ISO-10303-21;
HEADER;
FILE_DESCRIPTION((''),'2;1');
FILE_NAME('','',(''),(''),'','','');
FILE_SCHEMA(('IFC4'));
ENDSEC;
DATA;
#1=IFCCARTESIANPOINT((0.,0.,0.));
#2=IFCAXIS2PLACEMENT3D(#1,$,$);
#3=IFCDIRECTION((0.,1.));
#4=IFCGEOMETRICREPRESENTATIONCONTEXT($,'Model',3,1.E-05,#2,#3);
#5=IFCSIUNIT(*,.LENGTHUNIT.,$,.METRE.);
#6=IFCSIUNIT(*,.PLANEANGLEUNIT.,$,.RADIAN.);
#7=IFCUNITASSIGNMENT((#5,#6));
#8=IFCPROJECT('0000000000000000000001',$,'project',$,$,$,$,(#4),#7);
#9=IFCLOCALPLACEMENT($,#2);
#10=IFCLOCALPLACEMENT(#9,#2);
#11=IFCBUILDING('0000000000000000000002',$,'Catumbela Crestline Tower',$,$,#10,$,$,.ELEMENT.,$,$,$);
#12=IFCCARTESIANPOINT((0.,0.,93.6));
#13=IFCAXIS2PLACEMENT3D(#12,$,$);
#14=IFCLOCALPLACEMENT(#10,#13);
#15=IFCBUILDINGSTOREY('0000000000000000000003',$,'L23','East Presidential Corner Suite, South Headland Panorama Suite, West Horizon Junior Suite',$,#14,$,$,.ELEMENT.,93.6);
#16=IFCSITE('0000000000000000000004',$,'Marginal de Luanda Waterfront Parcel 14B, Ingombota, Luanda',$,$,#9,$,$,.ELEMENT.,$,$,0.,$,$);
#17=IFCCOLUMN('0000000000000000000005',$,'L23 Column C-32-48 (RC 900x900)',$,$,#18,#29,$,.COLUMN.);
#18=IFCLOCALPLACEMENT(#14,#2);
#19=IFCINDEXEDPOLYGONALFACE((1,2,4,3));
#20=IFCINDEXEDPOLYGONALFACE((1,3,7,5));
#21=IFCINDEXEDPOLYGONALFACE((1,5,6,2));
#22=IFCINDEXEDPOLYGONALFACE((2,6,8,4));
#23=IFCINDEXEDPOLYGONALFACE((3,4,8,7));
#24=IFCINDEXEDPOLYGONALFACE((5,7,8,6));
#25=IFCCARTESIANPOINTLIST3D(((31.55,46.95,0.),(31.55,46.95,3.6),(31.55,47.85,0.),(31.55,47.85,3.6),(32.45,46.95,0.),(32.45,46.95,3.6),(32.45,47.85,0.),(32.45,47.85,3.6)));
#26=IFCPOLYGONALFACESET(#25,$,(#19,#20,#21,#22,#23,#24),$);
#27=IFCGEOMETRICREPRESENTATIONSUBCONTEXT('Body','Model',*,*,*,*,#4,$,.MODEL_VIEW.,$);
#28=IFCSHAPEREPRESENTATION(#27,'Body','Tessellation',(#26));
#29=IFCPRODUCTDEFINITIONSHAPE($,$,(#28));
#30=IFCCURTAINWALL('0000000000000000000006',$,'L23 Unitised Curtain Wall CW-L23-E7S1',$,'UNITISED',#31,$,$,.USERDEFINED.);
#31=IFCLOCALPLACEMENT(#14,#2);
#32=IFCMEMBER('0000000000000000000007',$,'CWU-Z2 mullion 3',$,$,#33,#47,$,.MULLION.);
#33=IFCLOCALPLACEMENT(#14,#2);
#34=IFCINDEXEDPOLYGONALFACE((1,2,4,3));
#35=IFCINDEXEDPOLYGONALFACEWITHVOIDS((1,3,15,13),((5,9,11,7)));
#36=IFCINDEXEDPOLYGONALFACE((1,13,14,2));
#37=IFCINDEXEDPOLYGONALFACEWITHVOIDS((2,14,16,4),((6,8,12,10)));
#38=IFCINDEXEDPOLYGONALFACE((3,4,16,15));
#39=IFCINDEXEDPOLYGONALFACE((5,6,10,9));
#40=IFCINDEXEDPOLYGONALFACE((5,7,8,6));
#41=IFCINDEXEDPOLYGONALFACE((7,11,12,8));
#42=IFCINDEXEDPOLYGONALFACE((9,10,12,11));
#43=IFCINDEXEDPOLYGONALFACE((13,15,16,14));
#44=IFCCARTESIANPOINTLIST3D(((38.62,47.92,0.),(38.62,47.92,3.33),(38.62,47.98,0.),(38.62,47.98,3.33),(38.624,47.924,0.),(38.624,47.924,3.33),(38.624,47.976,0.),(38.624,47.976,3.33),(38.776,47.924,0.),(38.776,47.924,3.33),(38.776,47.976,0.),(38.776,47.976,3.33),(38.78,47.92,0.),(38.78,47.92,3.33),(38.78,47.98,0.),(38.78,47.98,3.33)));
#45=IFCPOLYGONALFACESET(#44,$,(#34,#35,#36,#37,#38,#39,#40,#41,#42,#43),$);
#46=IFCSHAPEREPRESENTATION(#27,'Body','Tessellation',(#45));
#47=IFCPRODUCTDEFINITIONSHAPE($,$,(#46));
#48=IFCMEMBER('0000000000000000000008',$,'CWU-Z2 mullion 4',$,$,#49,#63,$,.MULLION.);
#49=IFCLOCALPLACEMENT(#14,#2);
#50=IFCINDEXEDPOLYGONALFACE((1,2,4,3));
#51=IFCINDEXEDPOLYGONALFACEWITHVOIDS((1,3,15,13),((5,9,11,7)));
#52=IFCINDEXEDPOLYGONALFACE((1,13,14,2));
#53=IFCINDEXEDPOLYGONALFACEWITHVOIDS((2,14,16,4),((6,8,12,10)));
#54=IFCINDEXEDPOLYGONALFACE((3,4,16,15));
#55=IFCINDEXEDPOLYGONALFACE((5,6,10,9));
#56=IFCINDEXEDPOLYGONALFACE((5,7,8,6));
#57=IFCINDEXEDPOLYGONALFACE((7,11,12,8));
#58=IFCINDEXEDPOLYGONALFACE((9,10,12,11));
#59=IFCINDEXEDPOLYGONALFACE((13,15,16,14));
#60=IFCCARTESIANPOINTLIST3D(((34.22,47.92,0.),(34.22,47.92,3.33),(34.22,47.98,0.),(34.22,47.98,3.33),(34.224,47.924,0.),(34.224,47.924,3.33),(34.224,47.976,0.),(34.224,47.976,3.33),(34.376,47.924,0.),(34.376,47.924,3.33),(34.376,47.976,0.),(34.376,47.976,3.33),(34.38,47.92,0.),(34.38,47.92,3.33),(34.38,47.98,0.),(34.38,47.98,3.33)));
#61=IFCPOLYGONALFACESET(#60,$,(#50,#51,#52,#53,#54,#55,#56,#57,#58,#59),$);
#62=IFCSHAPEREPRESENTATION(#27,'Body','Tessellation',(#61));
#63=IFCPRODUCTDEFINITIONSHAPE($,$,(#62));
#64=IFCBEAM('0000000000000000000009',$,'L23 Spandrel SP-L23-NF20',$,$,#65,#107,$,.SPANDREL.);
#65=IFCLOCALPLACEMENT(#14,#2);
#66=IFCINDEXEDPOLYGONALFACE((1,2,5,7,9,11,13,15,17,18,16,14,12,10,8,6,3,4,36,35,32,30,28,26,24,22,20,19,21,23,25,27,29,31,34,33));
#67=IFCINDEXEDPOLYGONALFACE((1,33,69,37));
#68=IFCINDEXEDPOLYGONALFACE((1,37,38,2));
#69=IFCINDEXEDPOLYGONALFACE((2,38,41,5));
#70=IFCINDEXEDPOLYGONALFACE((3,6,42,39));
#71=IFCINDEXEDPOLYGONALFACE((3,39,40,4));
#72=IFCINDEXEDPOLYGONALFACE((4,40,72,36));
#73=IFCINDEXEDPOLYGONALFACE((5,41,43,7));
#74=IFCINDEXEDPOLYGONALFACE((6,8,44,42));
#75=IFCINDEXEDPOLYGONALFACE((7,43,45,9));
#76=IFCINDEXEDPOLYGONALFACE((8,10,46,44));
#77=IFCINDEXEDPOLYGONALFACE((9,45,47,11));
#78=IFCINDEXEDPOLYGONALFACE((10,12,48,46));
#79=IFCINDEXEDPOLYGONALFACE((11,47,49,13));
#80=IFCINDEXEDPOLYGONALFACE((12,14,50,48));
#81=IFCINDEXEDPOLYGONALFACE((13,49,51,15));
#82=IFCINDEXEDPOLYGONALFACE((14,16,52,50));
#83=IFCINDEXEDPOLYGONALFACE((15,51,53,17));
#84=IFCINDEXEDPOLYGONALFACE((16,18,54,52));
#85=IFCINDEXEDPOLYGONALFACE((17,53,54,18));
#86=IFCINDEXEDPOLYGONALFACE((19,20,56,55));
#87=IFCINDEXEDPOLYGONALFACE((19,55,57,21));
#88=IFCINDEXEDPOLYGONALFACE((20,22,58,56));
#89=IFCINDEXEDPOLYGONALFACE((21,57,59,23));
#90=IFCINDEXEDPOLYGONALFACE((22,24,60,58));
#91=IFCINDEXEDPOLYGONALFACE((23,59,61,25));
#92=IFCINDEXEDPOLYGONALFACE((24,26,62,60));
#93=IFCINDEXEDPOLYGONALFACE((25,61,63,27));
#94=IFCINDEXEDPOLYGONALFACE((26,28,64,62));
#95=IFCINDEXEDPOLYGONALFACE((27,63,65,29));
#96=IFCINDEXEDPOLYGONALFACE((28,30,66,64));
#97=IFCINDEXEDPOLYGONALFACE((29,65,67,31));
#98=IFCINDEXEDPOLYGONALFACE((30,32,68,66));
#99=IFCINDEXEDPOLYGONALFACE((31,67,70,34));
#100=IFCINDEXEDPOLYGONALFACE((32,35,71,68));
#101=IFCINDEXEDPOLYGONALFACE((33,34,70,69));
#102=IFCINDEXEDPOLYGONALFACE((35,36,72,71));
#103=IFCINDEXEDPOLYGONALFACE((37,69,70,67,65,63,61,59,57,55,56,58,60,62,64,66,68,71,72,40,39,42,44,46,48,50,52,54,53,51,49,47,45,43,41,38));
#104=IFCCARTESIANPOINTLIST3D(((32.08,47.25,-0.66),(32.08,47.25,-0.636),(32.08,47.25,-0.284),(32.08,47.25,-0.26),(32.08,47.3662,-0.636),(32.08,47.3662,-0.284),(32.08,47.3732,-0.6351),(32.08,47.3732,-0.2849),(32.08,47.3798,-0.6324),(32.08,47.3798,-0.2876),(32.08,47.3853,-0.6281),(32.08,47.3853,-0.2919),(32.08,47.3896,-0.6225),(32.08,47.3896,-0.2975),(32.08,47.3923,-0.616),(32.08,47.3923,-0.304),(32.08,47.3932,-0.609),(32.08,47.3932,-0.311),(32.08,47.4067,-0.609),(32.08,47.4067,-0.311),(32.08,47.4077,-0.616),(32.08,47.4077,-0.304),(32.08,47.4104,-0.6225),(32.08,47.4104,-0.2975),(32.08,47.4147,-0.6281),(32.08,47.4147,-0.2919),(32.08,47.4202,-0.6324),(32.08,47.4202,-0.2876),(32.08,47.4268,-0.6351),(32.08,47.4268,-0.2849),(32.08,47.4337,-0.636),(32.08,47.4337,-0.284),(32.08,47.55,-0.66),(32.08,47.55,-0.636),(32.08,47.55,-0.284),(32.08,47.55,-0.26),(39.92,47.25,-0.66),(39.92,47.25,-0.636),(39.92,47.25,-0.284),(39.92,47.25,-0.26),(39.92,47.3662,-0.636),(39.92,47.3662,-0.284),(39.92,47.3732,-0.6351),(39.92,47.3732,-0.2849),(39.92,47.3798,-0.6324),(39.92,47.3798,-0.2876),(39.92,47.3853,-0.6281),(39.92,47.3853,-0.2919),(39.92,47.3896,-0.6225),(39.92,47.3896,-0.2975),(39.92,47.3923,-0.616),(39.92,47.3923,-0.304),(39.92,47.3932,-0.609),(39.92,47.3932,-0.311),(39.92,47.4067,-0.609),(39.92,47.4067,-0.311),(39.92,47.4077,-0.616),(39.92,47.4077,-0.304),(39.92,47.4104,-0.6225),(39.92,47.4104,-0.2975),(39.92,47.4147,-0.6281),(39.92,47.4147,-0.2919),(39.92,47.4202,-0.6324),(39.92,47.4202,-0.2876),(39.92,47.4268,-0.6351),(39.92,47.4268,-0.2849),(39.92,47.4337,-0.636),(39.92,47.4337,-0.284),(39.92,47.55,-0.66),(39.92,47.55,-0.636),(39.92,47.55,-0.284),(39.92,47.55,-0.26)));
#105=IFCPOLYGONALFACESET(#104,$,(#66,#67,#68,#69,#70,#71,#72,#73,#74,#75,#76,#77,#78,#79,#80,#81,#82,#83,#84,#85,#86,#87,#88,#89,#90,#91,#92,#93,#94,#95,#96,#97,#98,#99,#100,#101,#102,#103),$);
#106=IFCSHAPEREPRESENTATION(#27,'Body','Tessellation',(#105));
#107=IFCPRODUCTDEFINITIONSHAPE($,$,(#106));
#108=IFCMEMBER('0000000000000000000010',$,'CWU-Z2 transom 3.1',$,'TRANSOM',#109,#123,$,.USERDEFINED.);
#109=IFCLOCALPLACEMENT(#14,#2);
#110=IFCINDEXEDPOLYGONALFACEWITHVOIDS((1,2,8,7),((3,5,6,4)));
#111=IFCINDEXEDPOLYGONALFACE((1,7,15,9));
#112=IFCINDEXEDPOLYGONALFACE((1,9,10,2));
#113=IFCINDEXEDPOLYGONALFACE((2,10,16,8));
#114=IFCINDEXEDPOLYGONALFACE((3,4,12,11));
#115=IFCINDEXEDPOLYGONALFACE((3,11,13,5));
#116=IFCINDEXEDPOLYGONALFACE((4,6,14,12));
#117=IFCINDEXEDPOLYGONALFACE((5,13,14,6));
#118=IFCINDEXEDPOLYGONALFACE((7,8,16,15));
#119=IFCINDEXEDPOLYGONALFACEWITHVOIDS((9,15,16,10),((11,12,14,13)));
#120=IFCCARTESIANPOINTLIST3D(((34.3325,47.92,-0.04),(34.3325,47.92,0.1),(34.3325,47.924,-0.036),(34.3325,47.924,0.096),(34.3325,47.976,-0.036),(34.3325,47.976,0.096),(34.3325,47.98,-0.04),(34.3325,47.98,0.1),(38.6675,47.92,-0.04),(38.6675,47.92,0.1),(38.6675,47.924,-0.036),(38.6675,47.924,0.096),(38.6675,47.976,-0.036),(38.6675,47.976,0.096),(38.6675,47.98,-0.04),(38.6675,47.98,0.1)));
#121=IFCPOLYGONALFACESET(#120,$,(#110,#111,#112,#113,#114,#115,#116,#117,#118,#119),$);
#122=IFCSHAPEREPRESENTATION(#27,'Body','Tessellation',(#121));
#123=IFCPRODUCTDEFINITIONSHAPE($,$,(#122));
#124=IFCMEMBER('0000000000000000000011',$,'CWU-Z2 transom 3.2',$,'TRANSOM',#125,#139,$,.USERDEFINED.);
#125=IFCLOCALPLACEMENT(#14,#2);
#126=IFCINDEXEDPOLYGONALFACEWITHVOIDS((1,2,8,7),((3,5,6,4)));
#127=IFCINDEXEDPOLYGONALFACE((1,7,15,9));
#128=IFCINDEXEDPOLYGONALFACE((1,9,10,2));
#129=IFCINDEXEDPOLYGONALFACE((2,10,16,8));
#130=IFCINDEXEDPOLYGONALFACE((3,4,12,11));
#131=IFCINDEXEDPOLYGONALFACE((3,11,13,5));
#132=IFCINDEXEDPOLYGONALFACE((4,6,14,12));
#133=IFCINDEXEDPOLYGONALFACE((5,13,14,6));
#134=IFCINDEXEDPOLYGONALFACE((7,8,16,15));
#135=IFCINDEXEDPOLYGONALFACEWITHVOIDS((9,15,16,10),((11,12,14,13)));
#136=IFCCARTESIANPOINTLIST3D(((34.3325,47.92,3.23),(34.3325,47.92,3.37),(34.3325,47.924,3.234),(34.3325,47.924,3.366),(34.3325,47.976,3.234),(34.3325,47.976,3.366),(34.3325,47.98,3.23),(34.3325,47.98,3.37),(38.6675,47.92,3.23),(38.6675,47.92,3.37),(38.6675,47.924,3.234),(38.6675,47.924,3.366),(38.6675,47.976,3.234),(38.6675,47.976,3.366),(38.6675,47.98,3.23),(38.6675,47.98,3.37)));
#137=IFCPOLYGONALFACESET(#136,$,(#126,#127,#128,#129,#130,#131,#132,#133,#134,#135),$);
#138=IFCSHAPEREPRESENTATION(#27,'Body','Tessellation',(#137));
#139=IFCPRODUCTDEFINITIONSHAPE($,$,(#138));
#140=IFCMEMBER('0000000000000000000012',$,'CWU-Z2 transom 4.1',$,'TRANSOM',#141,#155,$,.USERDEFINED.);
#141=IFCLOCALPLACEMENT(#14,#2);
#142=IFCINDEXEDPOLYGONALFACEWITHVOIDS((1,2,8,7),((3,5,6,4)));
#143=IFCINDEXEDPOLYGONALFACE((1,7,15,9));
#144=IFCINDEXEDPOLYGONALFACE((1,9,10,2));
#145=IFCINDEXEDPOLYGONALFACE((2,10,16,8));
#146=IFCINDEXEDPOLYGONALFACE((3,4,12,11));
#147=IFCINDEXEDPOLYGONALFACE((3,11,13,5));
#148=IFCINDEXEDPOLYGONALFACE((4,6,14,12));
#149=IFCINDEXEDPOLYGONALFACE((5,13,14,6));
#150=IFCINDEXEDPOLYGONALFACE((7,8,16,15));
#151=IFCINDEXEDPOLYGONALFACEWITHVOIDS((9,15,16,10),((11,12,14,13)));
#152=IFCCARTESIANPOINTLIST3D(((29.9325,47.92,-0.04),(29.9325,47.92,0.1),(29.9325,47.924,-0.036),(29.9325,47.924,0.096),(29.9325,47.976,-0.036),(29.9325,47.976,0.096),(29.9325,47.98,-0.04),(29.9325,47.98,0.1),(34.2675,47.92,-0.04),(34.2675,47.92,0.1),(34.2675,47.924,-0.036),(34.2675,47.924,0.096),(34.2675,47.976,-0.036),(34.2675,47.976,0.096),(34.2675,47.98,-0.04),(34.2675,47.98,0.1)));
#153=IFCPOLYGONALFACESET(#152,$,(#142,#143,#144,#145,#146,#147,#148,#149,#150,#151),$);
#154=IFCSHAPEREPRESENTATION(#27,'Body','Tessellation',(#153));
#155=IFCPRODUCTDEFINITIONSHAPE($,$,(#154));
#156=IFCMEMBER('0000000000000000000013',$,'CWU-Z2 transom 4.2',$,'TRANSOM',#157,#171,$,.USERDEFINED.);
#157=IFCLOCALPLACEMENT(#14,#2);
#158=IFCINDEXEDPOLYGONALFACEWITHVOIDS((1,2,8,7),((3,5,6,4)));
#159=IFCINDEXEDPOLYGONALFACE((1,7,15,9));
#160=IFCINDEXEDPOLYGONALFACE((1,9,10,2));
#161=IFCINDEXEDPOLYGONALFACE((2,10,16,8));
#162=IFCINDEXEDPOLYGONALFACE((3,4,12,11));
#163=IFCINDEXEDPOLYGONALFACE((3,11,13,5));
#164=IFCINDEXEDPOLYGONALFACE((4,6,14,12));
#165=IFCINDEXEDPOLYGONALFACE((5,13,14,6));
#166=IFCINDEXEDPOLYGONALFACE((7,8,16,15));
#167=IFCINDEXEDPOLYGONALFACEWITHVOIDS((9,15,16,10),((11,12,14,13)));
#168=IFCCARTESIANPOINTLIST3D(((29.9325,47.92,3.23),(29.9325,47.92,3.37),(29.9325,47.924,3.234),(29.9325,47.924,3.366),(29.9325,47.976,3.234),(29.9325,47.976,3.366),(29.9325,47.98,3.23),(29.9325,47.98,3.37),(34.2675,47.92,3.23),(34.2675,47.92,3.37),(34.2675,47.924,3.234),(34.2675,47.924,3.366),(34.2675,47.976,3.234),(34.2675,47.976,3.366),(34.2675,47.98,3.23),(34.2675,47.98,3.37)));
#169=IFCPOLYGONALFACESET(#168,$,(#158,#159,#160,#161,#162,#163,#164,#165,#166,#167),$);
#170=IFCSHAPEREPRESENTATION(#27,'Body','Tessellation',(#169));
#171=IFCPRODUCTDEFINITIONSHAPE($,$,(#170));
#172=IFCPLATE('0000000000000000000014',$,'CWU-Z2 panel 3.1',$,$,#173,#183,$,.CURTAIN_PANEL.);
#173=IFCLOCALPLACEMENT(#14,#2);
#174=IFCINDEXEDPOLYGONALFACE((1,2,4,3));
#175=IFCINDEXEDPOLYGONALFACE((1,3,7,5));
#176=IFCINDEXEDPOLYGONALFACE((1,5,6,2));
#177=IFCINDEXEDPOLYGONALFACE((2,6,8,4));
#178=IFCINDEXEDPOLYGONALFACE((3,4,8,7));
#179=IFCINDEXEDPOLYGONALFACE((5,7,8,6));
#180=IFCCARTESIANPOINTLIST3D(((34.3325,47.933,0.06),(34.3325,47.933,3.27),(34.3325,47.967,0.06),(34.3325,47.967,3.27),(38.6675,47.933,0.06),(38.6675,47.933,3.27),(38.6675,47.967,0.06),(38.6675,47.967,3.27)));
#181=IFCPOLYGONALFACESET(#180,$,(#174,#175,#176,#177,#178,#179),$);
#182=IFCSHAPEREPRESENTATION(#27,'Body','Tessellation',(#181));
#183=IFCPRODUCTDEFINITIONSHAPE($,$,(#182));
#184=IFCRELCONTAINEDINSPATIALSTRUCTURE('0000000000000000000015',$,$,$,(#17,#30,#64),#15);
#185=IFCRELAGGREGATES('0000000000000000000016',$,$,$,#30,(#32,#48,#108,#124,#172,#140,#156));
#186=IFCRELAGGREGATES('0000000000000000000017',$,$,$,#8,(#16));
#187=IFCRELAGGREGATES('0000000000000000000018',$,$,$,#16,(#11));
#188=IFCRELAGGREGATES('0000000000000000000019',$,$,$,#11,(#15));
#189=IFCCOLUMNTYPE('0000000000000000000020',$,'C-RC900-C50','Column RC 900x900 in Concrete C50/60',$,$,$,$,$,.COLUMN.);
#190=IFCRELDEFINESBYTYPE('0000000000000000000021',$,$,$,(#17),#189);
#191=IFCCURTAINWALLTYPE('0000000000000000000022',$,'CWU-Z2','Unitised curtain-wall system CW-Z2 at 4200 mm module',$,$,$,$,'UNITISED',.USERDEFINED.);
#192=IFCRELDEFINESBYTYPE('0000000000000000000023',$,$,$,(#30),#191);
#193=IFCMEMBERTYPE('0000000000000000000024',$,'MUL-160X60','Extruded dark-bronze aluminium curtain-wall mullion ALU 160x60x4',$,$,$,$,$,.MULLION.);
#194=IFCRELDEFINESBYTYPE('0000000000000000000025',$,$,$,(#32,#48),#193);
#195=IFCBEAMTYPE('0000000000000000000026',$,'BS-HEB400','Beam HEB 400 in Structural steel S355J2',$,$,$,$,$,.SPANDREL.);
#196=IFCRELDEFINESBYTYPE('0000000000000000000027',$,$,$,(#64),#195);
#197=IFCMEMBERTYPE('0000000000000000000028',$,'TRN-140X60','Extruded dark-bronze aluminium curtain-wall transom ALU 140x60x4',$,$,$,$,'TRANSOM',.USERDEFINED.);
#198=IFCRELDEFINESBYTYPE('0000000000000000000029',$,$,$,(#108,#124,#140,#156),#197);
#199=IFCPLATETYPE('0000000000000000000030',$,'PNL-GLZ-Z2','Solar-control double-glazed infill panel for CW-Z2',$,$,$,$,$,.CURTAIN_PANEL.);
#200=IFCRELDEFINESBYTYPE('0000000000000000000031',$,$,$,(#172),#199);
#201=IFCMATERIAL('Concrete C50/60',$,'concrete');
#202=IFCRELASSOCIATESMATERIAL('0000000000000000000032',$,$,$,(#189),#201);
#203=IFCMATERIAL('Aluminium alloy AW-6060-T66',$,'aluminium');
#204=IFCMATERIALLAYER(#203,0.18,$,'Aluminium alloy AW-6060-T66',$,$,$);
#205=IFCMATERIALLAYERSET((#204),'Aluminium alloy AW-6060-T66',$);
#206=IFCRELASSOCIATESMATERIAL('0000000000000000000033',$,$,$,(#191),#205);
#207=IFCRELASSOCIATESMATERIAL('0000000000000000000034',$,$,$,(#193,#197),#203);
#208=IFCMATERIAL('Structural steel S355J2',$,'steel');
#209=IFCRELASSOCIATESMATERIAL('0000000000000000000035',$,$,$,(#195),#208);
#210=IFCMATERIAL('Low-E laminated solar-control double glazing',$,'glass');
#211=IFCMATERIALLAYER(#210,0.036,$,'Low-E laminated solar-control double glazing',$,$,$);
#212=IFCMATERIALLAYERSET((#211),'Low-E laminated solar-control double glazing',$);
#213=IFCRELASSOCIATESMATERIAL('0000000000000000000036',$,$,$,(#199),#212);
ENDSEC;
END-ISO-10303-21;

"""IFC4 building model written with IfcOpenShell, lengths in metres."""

from ifc_helpers import new_model, si_unit, direction, frame, origin, origin_2d, place, context, subcontext, project, spatial, rectangle, hollow_rectangle, i_section, extrude, material, layer, layer_set, material_profile, profile_set, type_object, element, aggregate, save


model = new_model("IFC4")

# Units and contexts
model_context = context("Model", 3, precision=1e-05, world=origin(), true_north=direction((0.0, 1.0)))
body_context = subcontext(model_context, "Body", "Model", "MODEL_VIEW")
ifc_project = project(units=[si_unit("LENGTHUNIT", "METRE"), si_unit("PLANEANGLEUNIT", "RADIAN")], contexts=[model_context])

# Site, building, storey
site_placement = place(None, origin())
site = spatial("IfcSite", under=ifc_project, at=site_placement, Name="Marginal de Luanda Waterfront Parcel 14B, Ingombota, Luanda", CompositionType="ELEMENT", RefElevation=0.0)
building_placement = place(site_placement, origin())
building = spatial("IfcBuilding", under=site, at=building_placement, Name="Catumbela Crestline Tower", CompositionType="ELEMENT")
storey_placement = place(building_placement, frame((0.0, 0.0, 93.6)))
storey = spatial("IfcBuildingStorey", under=building, at=storey_placement, Name="L23", Description="East Presidential Corner Suite, South Headland Panorama Suite, West Horizon Junior Suite", CompositionType="ELEMENT", Elevation=93.6)

# Column
ifc_material_1 = material(Name="Concrete C50/60", Category="concrete")
ifc_material_profile_1 = material_profile(ifc_material_1, rectangle(XDim=0.9, YDim=0.9, at=origin_2d()), Name="RC 900x900")
ifc_profile_set_1 = profile_set([ifc_material_profile_1], Name="Concrete C50/60")
column_type = type_object("IfcColumnType", Name="C-RC900-C50", Description="Column RC 900x900 in Concrete C50/60", PredefinedType="COLUMN", material=ifc_profile_set_1)
column_placement = place(storey_placement, frame((32.0, 47.4, 0.0), z_axis=(0.0, 0.0, 1.0), x_axis=(1.0, 0.0, 0.0)))
element("IfcColumn", 1, at=column_placement, inside=storey, type_object=column_type, Name="L23 Column C-32-48 (RC 900x900)", PredefinedType="COLUMN", context=body_context, shape_type="SweptSolid", body=[
    extrude(rectangle(XDim=0.9, YDim=0.9, at=origin_2d()), origin(), (0.0, 0.0, 1.0), 3.6),
])

# Curtain wall, members
ifc_material_2 = material(Name="Aluminium alloy AW-6060-T66", Category="aluminium")
ifc_layer_1 = layer(ifc_material_2, 0.18, Name="Aluminium alloy AW-6060-T66")
ifc_layer_set_1 = layer_set([ifc_layer_1], Name="Aluminium alloy AW-6060-T66")
curtain_wall_type = type_object("IfcCurtainWallType", Name="CWU-Z2", Description="Unitised curtain-wall system CW-Z2 at 4200 mm module", ElementType="UNITISED", PredefinedType="USERDEFINED", material=ifc_layer_set_1)
curtain_wall_placement = place(storey_placement, origin())
curtain_wall = element("IfcCurtainWall", 2, at=curtain_wall_placement, inside=storey, type_object=curtain_wall_type, Name="L23 Unitised Curtain Wall CW-L23-E7S1", ObjectType="UNITISED", PredefinedType="USERDEFINED")
ifc_material_profile_2 = material_profile(ifc_material_2, hollow_rectangle(XDim=0.06, YDim=0.16, WallThickness=0.004, at=origin_2d()), Name="ALU 160x60x4")
ifc_profile_set_2 = profile_set([ifc_material_profile_2], Name="Aluminium alloy AW-6060-T66")
member_type_1 = type_object("IfcMemberType", Name="MUL-160X60", Description="Extruded dark-bronze aluminium curtain-wall mullion ALU 160x60x4", PredefinedType="MULLION", material=ifc_profile_set_2)
member_1_placement = place(storey_placement, frame((38.7, 47.95, 0.0), z_axis=(0.0, 0.0, 1.0), x_axis=(0.0, -1.0, 0.0)))
member_1 = element("IfcMember", 3, at=member_1_placement, type_object=member_type_1, Name="CWU-Z2 mullion 3", PredefinedType="MULLION", context=body_context, shape_type="SweptSolid", body=[
    extrude(hollow_rectangle(XDim=0.06, YDim=0.16, WallThickness=0.004, at=origin_2d()), origin(), (0.0, 0.0, 1.0), 3.33),
])
member_2_placement = place(storey_placement, frame((34.3, 47.95, 0.0), z_axis=(0.0, 0.0, 1.0), x_axis=(0.0, -1.0, 0.0)))
member_2 = element("IfcMember", 4, at=member_2_placement, type_object=member_type_1, Name="CWU-Z2 mullion 4", PredefinedType="MULLION", context=body_context, shape_type="SweptSolid", body=[
    extrude(hollow_rectangle(XDim=0.06, YDim=0.16, WallThickness=0.004, at=origin_2d()), origin(), (0.0, 0.0, 1.0), 3.33),
])

# Beam
ifc_material_3 = material(Name="Structural steel S355J2", Category="steel")
ifc_material_profile_3 = material_profile(ifc_material_3, i_section(OverallWidth=0.3, OverallDepth=0.4, WebThickness=0.0135, FlangeThickness=0.024, FilletRadius=0.027, at=origin_2d()), Name="HEB 400")
ifc_profile_set_3 = profile_set([ifc_material_profile_3], Name="Structural steel S355J2")
beam_type = type_object("IfcBeamType", Name="BS-HEB400", Description="Beam HEB 400 in Structural steel S355J2", PredefinedType="SPANDREL", material=ifc_profile_set_3)
beam_placement = place(storey_placement, frame((32.08, 47.4, -0.46), z_axis=(1.0, 0.0, 0.0), x_axis=(0.0, 1.0, 0.0)))
element("IfcBeam", 5, at=beam_placement, inside=storey, type_object=beam_type, Name="L23 Spandrel SP-L23-NF20", PredefinedType="SPANDREL", context=body_context, shape_type="SweptSolid", body=[
    extrude(i_section(OverallWidth=0.3, OverallDepth=0.4, WebThickness=0.0135, FlangeThickness=0.024, FilletRadius=0.027, at=origin_2d()), origin(), (0.0, 0.0, 1.0), 7.84),
])

# Members
ifc_material_profile_4 = material_profile(ifc_material_2, hollow_rectangle(XDim=0.06, YDim=0.14, WallThickness=0.004, at=origin_2d()), Name="ALU 140x60x4")
ifc_profile_set_4 = profile_set([ifc_material_profile_4], Name="Aluminium alloy AW-6060-T66")
member_type_2 = type_object("IfcMemberType", Name="TRN-140X60", Description="Extruded dark-bronze aluminium curtain-wall transom ALU 140x60x4", ElementType="TRANSOM", PredefinedType="USERDEFINED", material=ifc_profile_set_4)
member_3_placement = place(storey_placement, frame((38.6675, 47.95, 0.03), z_axis=(-1.0, 0.0, 0.0), x_axis=(0.0, -1.0, 0.0)))
member_3 = element("IfcMember", 6, at=member_3_placement, type_object=member_type_2, Name="CWU-Z2 transom 3.1", ObjectType="TRANSOM", PredefinedType="USERDEFINED", context=body_context, shape_type="SweptSolid", body=[
    extrude(hollow_rectangle(XDim=0.06, YDim=0.14, WallThickness=0.004, at=origin_2d()), origin(), (0.0, 0.0, 1.0), 4.335),
])
member_4_placement = place(storey_placement, frame((38.6675, 47.95, 3.3), z_axis=(-1.0, 0.0, 0.0), x_axis=(0.0, -1.0, 0.0)))
member_4 = element("IfcMember", 7, at=member_4_placement, type_object=member_type_2, Name="CWU-Z2 transom 3.2", ObjectType="TRANSOM", PredefinedType="USERDEFINED", context=body_context, shape_type="SweptSolid", body=[
    extrude(hollow_rectangle(XDim=0.06, YDim=0.14, WallThickness=0.004, at=origin_2d()), origin(), (0.0, 0.0, 1.0), 4.335),
])
member_5_placement = place(storey_placement, frame((34.2675, 47.95, 0.03), z_axis=(-1.0, 0.0, 0.0), x_axis=(0.0, -1.0, 0.0)))
member_5 = element("IfcMember", 8, at=member_5_placement, type_object=member_type_2, Name="CWU-Z2 transom 4.1", ObjectType="TRANSOM", PredefinedType="USERDEFINED", context=body_context, shape_type="SweptSolid", body=[
    extrude(hollow_rectangle(XDim=0.06, YDim=0.14, WallThickness=0.004, at=origin_2d()), origin(), (0.0, 0.0, 1.0), 4.335),
])
member_6_placement = place(storey_placement, frame((34.2675, 47.95, 3.3), z_axis=(-1.0, 0.0, 0.0), x_axis=(0.0, -1.0, 0.0)))
member_6 = element("IfcMember", 9, at=member_6_placement, type_object=member_type_2, Name="CWU-Z2 transom 4.2", ObjectType="TRANSOM", PredefinedType="USERDEFINED", context=body_context, shape_type="SweptSolid", body=[
    extrude(hollow_rectangle(XDim=0.06, YDim=0.14, WallThickness=0.004, at=origin_2d()), origin(), (0.0, 0.0, 1.0), 4.335),
])

# Plate
ifc_material_4 = material(Name="Low-E laminated solar-control double glazing", Category="glass")
ifc_layer_2 = layer(ifc_material_4, 0.036, Name="Low-E laminated solar-control double glazing")
ifc_layer_set_2 = layer_set([ifc_layer_2], Name="Low-E laminated solar-control double glazing")
plate_type = type_object("IfcPlateType", Name="PNL-GLZ-Z2", Description="Solar-control double-glazed infill panel for CW-Z2", PredefinedType="CURTAIN_PANEL", material=ifc_layer_set_2)
plate_1_placement = place(storey_placement, frame((36.5, 47.95, 0.06), z_axis=(0.0, 0.0, 1.0), x_axis=(-1.0, 0.0, 0.0)))
plate_1 = element("IfcPlate", 10, at=plate_1_placement, type_object=plate_type, Name="CWU-Z2 panel 3.1", PredefinedType="CURTAIN_PANEL", context=body_context, shape_type="SweptSolid", body=[
    extrude(rectangle(XDim=4.335, YDim=0.034, at=origin_2d()), origin(), (0.0, 0.0, 1.0), 3.21),
])
aggregate(curtain_wall, [member_1, member_2, member_3, member_4, plate_1, member_5, member_6])

save(model, "model.ifc")
